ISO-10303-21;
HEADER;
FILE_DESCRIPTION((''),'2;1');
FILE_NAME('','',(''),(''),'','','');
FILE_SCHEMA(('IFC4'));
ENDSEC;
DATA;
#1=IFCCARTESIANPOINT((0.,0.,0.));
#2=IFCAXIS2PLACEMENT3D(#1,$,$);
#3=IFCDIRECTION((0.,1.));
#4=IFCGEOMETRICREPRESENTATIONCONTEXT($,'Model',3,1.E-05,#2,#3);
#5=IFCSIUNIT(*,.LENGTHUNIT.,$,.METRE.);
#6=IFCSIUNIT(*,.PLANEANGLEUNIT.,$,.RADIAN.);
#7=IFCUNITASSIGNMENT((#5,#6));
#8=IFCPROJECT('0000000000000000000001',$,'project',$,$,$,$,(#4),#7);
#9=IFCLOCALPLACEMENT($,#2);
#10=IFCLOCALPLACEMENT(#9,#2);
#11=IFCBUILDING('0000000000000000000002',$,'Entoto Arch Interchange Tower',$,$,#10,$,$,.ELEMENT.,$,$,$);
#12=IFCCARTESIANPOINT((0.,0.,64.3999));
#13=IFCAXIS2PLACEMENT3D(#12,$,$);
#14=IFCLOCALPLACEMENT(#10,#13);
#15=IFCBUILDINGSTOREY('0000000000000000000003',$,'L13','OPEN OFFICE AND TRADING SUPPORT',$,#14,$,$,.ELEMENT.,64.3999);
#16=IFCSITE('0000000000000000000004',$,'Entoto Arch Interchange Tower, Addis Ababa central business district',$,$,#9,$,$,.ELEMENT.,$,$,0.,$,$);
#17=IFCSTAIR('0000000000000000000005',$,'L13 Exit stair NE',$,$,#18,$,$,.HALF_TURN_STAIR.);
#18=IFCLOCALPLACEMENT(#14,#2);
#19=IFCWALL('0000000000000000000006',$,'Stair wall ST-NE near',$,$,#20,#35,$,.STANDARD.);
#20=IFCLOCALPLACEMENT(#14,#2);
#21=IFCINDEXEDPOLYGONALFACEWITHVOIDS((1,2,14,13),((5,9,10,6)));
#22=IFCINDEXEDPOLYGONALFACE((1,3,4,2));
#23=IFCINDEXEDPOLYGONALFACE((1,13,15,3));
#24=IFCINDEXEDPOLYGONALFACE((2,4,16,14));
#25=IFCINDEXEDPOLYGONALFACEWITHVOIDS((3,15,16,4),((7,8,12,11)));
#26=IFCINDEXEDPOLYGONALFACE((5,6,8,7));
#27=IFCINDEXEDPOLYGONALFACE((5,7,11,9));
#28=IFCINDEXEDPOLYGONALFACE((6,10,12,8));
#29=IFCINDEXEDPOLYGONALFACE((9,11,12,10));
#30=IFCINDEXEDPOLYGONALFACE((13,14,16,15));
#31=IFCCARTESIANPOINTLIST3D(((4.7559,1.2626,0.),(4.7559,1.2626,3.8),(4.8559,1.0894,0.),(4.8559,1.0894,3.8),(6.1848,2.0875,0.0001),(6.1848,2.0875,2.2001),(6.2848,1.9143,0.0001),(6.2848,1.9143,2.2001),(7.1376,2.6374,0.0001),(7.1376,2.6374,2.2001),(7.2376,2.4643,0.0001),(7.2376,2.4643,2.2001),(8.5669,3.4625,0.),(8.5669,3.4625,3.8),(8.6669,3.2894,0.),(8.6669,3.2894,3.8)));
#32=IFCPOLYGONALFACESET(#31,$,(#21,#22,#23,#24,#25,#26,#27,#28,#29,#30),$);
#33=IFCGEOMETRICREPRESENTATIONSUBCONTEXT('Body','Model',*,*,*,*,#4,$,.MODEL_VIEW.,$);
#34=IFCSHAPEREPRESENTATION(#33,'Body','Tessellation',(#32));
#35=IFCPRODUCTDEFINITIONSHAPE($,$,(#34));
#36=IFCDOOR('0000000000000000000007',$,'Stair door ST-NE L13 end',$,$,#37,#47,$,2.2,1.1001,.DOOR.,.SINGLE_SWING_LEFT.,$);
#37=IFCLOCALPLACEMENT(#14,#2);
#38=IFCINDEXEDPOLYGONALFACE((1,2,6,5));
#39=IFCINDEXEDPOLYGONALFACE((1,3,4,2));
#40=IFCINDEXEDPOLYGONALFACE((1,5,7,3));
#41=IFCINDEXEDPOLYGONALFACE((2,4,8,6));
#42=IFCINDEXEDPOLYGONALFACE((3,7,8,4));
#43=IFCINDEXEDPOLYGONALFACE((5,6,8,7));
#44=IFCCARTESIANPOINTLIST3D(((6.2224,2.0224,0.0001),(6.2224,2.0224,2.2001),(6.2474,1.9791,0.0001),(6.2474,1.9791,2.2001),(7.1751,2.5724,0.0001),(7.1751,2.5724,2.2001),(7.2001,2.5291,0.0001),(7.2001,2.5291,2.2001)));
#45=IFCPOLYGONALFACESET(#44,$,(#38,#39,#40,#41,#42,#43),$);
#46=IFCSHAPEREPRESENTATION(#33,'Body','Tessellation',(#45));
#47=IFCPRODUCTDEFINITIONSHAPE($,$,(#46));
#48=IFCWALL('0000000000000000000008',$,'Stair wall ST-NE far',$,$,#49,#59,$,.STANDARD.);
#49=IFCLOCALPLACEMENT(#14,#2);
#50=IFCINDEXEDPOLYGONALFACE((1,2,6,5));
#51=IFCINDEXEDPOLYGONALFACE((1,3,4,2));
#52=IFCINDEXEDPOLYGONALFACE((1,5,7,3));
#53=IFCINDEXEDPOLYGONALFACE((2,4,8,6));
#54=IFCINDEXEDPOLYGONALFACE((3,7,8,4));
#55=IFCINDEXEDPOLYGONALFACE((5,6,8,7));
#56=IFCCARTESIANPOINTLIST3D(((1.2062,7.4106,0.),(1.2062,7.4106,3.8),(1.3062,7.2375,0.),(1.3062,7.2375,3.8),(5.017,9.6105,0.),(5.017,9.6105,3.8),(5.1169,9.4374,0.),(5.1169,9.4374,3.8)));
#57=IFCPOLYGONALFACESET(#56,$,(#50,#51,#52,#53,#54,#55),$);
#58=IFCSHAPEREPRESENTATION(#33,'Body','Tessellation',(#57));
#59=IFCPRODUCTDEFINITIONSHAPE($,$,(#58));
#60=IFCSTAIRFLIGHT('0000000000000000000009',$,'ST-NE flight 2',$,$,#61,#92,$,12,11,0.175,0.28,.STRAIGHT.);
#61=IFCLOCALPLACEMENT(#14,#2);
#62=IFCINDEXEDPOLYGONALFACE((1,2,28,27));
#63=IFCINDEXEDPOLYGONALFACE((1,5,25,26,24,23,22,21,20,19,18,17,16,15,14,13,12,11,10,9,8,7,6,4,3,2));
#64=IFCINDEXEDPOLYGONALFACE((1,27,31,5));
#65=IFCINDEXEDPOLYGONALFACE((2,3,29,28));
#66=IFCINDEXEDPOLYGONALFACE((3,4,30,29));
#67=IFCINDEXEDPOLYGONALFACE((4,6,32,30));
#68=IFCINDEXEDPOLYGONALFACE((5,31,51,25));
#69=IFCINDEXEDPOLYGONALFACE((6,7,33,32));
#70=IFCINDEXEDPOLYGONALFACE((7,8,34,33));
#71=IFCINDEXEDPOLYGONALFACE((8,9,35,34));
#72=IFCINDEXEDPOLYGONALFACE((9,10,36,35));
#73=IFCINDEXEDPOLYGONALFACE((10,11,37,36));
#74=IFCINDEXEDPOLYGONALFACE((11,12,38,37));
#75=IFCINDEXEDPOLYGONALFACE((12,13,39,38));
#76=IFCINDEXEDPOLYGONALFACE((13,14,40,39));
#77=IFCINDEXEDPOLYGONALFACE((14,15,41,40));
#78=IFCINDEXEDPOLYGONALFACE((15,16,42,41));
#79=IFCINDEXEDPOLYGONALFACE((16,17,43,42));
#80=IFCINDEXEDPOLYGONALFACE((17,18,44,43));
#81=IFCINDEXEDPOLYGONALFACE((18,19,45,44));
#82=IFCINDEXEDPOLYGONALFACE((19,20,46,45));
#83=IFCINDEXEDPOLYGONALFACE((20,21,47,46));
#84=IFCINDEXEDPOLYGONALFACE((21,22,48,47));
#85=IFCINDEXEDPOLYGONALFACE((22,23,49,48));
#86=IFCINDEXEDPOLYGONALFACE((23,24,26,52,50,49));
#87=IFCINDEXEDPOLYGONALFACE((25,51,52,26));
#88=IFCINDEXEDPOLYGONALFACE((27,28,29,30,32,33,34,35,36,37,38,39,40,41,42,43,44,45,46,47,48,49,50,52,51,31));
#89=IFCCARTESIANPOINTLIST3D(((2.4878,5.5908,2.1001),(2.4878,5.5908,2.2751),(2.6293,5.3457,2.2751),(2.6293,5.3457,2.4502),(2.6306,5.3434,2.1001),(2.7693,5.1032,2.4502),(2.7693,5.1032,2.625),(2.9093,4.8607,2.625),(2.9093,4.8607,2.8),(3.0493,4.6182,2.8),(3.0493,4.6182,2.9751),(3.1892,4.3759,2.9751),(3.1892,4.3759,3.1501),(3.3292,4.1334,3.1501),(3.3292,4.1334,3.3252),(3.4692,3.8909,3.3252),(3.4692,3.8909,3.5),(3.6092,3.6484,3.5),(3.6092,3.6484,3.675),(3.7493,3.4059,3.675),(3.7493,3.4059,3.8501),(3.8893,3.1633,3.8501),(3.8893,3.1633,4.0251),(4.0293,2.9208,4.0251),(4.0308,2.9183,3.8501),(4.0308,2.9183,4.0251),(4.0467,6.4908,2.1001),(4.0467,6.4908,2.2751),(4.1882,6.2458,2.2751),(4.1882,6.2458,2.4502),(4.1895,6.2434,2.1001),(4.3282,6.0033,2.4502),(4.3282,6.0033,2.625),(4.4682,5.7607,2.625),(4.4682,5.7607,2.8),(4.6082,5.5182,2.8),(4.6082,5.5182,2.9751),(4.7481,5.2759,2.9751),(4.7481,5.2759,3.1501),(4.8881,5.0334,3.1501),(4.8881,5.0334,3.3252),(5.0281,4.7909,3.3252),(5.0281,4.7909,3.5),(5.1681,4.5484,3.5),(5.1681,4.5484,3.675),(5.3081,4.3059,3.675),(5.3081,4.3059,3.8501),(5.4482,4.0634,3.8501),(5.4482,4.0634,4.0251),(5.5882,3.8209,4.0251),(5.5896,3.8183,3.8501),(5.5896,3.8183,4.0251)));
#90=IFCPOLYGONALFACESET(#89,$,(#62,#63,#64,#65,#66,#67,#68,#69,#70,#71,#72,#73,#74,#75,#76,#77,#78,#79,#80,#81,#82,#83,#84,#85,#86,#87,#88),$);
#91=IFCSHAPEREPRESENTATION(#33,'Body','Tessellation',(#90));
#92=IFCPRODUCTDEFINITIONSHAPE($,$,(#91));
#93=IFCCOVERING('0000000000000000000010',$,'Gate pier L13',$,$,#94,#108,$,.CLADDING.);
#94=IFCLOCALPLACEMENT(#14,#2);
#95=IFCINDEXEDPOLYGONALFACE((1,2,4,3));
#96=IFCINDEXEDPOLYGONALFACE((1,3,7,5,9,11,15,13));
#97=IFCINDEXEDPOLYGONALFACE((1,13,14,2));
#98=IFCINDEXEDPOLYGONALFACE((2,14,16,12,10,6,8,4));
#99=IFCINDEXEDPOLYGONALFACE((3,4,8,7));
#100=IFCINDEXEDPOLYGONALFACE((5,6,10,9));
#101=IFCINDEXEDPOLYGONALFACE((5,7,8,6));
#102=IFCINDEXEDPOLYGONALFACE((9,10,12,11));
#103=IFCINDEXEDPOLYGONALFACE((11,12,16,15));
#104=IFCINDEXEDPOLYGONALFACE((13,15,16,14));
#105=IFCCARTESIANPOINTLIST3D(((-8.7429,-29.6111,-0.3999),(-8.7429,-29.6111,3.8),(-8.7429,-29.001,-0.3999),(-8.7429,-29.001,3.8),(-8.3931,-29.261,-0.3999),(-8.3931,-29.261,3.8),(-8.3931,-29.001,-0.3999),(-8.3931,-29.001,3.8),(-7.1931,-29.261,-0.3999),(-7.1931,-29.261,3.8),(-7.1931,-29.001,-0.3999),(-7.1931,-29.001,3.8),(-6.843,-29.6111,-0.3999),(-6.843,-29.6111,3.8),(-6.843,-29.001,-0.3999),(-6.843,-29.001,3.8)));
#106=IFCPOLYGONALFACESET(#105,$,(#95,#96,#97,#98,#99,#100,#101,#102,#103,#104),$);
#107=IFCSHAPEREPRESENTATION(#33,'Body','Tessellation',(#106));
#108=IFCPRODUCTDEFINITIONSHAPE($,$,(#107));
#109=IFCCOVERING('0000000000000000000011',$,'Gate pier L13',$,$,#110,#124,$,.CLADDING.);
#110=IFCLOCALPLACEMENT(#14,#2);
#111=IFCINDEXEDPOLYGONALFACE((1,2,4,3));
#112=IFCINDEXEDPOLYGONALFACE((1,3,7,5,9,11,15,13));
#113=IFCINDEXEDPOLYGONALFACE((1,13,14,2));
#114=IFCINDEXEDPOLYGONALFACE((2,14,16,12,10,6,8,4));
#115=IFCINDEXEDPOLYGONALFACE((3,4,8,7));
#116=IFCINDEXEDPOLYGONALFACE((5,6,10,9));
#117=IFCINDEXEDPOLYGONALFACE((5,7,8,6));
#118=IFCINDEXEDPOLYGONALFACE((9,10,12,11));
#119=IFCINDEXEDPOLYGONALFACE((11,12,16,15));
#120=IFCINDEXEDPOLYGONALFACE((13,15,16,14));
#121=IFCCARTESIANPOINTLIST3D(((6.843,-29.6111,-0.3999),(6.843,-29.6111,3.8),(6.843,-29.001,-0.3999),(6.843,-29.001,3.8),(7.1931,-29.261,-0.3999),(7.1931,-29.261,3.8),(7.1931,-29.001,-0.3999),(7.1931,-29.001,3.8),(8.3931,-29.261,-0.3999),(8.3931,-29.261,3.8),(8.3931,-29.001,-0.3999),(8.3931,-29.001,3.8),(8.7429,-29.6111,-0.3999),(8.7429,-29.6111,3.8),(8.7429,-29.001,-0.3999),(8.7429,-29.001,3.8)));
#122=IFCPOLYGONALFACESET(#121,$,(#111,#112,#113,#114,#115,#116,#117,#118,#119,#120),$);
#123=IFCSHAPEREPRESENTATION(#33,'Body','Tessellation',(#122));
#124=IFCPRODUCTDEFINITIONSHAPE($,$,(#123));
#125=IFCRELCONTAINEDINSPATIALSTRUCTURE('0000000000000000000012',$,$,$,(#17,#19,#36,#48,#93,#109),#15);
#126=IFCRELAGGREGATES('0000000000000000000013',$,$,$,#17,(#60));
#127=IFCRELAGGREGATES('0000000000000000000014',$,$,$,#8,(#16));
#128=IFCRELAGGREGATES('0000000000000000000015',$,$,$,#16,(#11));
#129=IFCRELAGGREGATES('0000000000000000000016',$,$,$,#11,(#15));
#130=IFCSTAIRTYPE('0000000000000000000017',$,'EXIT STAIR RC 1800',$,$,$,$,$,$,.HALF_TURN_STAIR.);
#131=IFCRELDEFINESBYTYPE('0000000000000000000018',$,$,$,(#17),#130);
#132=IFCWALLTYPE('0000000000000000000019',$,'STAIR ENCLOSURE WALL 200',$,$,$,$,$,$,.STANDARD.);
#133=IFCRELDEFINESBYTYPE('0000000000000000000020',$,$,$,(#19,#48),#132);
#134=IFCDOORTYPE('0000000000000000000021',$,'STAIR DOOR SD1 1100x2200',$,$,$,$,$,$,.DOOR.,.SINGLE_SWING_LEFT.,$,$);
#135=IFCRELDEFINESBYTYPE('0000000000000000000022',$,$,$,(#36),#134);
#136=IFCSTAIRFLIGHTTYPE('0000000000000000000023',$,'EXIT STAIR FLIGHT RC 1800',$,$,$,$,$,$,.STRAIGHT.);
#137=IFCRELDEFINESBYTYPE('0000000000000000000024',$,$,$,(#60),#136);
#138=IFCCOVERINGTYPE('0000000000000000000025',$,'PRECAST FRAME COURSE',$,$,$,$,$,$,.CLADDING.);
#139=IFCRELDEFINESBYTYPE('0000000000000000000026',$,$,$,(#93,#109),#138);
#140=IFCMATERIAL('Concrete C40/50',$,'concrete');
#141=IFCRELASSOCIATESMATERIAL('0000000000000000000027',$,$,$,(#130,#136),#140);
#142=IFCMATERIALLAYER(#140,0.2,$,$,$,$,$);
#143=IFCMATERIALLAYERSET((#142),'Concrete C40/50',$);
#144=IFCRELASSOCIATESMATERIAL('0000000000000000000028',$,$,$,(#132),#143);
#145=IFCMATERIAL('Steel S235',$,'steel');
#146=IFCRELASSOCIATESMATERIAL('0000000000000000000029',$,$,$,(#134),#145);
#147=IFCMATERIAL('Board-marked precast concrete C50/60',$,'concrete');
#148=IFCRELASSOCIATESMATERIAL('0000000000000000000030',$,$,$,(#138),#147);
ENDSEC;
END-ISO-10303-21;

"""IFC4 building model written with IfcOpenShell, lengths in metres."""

from ifc_helpers import new_model, si_unit, direction, frame, frame_2d, origin, place, context, subcontext, project, spatial, polyline, rectangle, outline, extrude, material, layer, layer_set, type_object, element, fill, aggregate, save


model = new_model("IFC4")

# Units and contexts
model_context = context("Model", 3, precision=1e-05, world=origin(), true_north=direction((0.0, 1.0)))
body_context = subcontext(model_context, "Body", "Model", "MODEL_VIEW")
ifc_project = project(units=[si_unit("LENGTHUNIT", "METRE"), si_unit("PLANEANGLEUNIT", "RADIAN")], contexts=[model_context])

# Site, building, storey
site_placement = place(None, origin())
site = spatial("IfcSite", under=ifc_project, at=site_placement, Name="Entoto Arch Interchange Tower, Addis Ababa central business district", CompositionType="ELEMENT", RefElevation=0.0)
building_placement = place(site_placement, origin())
building = spatial("IfcBuilding", under=site, at=building_placement, Name="Entoto Arch Interchange Tower", CompositionType="ELEMENT")
storey_placement = place(building_placement, frame((0.0, 0.0, 64.3999)))
storey = spatial("IfcBuildingStorey", under=building, at=storey_placement, Name="L13", Description="OPEN OFFICE AND TRADING SUPPORT", CompositionType="ELEMENT", Elevation=64.3999)

# Shared definitions
ifc_material_1 = material(Name="Board-marked precast concrete C50/60", Category="concrete")
ifc_material_2 = material(Name="Concrete C40/50", Category="concrete")

# Stair
stair_type = type_object("IfcStairType", Name="EXIT STAIR RC 1800", PredefinedType="HALF_TURN_STAIR", material=ifc_material_2)
stair_1_placement = place(storey_placement, origin())
stair_1 = element("IfcStair", 1, at=stair_1_placement, inside=storey, type_object=stair_type, Name="L13 Exit stair NE", PredefinedType="HALF_TURN_STAIR")

# Wall, opening, door
ifc_layer_1 = layer(ifc_material_2, 0.2)
ifc_layer_set_1 = layer_set([ifc_layer_1], Name="Concrete C40/50")
wall_type_1 = type_object("IfcWallType", Name="STAIR ENCLOSURE WALL 200", PredefinedType="STANDARD", material=ifc_layer_set_1)
wall_1_placement = place(storey_placement, frame((4.8059, 1.176, 0.0), z_axis=(0.0, 0.0, 1.0), x_axis=(0.86606, 0.49994, 0.0)))
wall_1 = element("IfcWall", 2, at=wall_1_placement, inside=storey, type_object=wall_type_1, Name="Stair wall ST-NE near", PredefinedType="STANDARD", context=body_context, shape_type="SweptSolid", body=[
    extrude(rectangle(XDim=4.4004, YDim=0.2, at=frame_2d((2.2002, 0.0))), origin(), (0.0, 0.0, 1.0), 3.8),
])
opening_1_placement = place(wall_1_placement, frame((1.6499, 0.0, 0.0)))
opening_1 = element("IfcOpeningElement", 3, at=opening_1_placement, cuts=wall_1, PredefinedType="OPENING", context=body_context, shape_type="SweptSolid", body=[
    extrude(rectangle(XDim=1.1001, YDim=2.2, at=frame_2d((0.55, 1.1001))), frame((0.0, 0.1099, 0.0), z_axis=(0.0, -1.0, 0.0), x_axis=(1.0, 0.0, 0.0)), (0.0, 0.0, 1.0), 0.22),
])
ifc_material_3 = material(Name="Steel S235", Category="steel")
door_type_1 = type_object("IfcDoorType", Name="STAIR DOOR SD1 1100x2200", OperationType="SINGLE_SWING_LEFT", PredefinedType="DOOR", material=ifc_material_3)
door_1_placement = place(opening_1_placement, origin())
door_1 = element("IfcDoor", 4, at=door_1_placement, inside=storey, type_object=door_type_1, Name="Stair door ST-NE L13 end", OperationType="SINGLE_SWING_LEFT", OverallHeight=2.2, OverallWidth=1.1001, PredefinedType="DOOR", context=body_context, shape_type="SweptSolid", body=[
    extrude(rectangle(XDim=1.1001, YDim=2.2, at=frame_2d((0.55, 1.1001))), frame((0.0, 0.0249, 0.0), z_axis=(0.0, -1.0, 0.0), x_axis=(1.0, 0.0, 0.0)), (0.0, 0.0, 1.0), 0.05),
])
fill(opening_1, door_1)

# Wall
wall_2_placement = place(storey_placement, frame((1.2561, 7.324, 0.0), z_axis=(0.0, 0.0, 1.0), x_axis=(0.866046, 0.499964, 0.0)))
element("IfcWall", 5, at=wall_2_placement, inside=storey, type_object=wall_type_1, Name="Stair wall ST-NE far", PredefinedType="STANDARD", context=body_context, shape_type="SweptSolid", body=[
    extrude(rectangle(XDim=4.4001, YDim=0.2, at=frame_2d((2.2002, 0.0))), origin(), (0.0, 0.0, 1.0), 3.8),
])

# Stair flight
stair_flight_type = type_object("IfcStairFlightType", Name="EXIT STAIR FLIGHT RC 1800", PredefinedType="STRAIGHT", material=ifc_material_2)
stair_flight_placement = place(storey_placement, frame((3.2688, 6.0383, 2.1001), z_axis=(0.0, 0.0, 1.0), x_axis=(0.5, -0.866025, 0.0)))
stair_flight = element("IfcStairFlight", 6, at=stair_flight_placement, type_object=stair_flight_type, Name="ST-NE flight 2", NumberOfRisers=12, NumberOfTreads=11, PredefinedType="STRAIGHT", RiserHeight=0.175, TreadLength=0.28, context=body_context, shape_type="SweptSolid", body=[
    extrude(outline(polyline([(-0.0029, 0.0), (-0.0029, 0.175), (0.28, 0.175), (0.28, 0.3501), (0.5601, 0.3501), (0.5601, 0.5249), (0.8401, 0.5249), (0.8401, 0.7), (1.1201, 0.7), (1.1201, 0.875), (1.3999, 0.875), (1.3999, 1.05), (1.6799, 1.05), (1.6799, 1.2251), (1.96, 1.2251), (1.96, 1.3999), (2.24, 1.3999), (2.24, 1.575), (2.52, 1.575), (2.52, 1.75), (2.8, 1.75), (2.8, 1.925), (3.0801, 1.925), (3.083, 1.925), (3.083, 1.75), (0.2827, 0.0), (-0.0029, 0.0)])), frame((0.0, 0.8999, 0.0), z_axis=(0.0, -1.0, 0.0), x_axis=(1.0, 0.0, 0.0)), (0.0, 0.0, 1.0), 1.8),
])
aggregate(stair_1, [stair_flight])

# Coverings
covering_type = type_object("IfcCoveringType", Name="PRECAST FRAME COURSE", PredefinedType="CLADDING", material=ifc_material_1)
covering_1_placement = place(storey_placement, frame((0.0, 0.0, -0.3999)))
element("IfcCovering", 7, at=covering_1_placement, inside=storey, type_object=covering_type, Name="Gate pier L13", PredefinedType="CLADDING", context=body_context, shape_type="SweptSolid", body=[
    extrude(outline(polyline([(-8.7429, -29.001), (-8.3931, -29.001), (-8.3931, -29.261), (-7.1931, -29.261), (-7.1931, -29.001), (-6.843, -29.001), (-6.843, -29.6111), (-8.7429, -29.6111), (-8.7429, -29.001)])), origin(), (0.0, 0.0, 1.0), 4.2),
])
covering_2_placement = place(storey_placement, frame((0.0, 0.0, -0.3999)))
element("IfcCovering", 8, at=covering_2_placement, inside=storey, type_object=covering_type, Name="Gate pier L13", PredefinedType="CLADDING", context=body_context, shape_type="SweptSolid", body=[
    extrude(outline(polyline([(6.843, -29.001), (7.1931, -29.001), (7.1931, -29.261), (8.3931, -29.261), (8.3931, -29.001), (8.7429, -29.001), (8.7429, -29.6111), (6.843, -29.6111), (6.843, -29.001)])), origin(), (0.0, 0.0, 1.0), 4.2),
])

save(model, "model.ifc")
